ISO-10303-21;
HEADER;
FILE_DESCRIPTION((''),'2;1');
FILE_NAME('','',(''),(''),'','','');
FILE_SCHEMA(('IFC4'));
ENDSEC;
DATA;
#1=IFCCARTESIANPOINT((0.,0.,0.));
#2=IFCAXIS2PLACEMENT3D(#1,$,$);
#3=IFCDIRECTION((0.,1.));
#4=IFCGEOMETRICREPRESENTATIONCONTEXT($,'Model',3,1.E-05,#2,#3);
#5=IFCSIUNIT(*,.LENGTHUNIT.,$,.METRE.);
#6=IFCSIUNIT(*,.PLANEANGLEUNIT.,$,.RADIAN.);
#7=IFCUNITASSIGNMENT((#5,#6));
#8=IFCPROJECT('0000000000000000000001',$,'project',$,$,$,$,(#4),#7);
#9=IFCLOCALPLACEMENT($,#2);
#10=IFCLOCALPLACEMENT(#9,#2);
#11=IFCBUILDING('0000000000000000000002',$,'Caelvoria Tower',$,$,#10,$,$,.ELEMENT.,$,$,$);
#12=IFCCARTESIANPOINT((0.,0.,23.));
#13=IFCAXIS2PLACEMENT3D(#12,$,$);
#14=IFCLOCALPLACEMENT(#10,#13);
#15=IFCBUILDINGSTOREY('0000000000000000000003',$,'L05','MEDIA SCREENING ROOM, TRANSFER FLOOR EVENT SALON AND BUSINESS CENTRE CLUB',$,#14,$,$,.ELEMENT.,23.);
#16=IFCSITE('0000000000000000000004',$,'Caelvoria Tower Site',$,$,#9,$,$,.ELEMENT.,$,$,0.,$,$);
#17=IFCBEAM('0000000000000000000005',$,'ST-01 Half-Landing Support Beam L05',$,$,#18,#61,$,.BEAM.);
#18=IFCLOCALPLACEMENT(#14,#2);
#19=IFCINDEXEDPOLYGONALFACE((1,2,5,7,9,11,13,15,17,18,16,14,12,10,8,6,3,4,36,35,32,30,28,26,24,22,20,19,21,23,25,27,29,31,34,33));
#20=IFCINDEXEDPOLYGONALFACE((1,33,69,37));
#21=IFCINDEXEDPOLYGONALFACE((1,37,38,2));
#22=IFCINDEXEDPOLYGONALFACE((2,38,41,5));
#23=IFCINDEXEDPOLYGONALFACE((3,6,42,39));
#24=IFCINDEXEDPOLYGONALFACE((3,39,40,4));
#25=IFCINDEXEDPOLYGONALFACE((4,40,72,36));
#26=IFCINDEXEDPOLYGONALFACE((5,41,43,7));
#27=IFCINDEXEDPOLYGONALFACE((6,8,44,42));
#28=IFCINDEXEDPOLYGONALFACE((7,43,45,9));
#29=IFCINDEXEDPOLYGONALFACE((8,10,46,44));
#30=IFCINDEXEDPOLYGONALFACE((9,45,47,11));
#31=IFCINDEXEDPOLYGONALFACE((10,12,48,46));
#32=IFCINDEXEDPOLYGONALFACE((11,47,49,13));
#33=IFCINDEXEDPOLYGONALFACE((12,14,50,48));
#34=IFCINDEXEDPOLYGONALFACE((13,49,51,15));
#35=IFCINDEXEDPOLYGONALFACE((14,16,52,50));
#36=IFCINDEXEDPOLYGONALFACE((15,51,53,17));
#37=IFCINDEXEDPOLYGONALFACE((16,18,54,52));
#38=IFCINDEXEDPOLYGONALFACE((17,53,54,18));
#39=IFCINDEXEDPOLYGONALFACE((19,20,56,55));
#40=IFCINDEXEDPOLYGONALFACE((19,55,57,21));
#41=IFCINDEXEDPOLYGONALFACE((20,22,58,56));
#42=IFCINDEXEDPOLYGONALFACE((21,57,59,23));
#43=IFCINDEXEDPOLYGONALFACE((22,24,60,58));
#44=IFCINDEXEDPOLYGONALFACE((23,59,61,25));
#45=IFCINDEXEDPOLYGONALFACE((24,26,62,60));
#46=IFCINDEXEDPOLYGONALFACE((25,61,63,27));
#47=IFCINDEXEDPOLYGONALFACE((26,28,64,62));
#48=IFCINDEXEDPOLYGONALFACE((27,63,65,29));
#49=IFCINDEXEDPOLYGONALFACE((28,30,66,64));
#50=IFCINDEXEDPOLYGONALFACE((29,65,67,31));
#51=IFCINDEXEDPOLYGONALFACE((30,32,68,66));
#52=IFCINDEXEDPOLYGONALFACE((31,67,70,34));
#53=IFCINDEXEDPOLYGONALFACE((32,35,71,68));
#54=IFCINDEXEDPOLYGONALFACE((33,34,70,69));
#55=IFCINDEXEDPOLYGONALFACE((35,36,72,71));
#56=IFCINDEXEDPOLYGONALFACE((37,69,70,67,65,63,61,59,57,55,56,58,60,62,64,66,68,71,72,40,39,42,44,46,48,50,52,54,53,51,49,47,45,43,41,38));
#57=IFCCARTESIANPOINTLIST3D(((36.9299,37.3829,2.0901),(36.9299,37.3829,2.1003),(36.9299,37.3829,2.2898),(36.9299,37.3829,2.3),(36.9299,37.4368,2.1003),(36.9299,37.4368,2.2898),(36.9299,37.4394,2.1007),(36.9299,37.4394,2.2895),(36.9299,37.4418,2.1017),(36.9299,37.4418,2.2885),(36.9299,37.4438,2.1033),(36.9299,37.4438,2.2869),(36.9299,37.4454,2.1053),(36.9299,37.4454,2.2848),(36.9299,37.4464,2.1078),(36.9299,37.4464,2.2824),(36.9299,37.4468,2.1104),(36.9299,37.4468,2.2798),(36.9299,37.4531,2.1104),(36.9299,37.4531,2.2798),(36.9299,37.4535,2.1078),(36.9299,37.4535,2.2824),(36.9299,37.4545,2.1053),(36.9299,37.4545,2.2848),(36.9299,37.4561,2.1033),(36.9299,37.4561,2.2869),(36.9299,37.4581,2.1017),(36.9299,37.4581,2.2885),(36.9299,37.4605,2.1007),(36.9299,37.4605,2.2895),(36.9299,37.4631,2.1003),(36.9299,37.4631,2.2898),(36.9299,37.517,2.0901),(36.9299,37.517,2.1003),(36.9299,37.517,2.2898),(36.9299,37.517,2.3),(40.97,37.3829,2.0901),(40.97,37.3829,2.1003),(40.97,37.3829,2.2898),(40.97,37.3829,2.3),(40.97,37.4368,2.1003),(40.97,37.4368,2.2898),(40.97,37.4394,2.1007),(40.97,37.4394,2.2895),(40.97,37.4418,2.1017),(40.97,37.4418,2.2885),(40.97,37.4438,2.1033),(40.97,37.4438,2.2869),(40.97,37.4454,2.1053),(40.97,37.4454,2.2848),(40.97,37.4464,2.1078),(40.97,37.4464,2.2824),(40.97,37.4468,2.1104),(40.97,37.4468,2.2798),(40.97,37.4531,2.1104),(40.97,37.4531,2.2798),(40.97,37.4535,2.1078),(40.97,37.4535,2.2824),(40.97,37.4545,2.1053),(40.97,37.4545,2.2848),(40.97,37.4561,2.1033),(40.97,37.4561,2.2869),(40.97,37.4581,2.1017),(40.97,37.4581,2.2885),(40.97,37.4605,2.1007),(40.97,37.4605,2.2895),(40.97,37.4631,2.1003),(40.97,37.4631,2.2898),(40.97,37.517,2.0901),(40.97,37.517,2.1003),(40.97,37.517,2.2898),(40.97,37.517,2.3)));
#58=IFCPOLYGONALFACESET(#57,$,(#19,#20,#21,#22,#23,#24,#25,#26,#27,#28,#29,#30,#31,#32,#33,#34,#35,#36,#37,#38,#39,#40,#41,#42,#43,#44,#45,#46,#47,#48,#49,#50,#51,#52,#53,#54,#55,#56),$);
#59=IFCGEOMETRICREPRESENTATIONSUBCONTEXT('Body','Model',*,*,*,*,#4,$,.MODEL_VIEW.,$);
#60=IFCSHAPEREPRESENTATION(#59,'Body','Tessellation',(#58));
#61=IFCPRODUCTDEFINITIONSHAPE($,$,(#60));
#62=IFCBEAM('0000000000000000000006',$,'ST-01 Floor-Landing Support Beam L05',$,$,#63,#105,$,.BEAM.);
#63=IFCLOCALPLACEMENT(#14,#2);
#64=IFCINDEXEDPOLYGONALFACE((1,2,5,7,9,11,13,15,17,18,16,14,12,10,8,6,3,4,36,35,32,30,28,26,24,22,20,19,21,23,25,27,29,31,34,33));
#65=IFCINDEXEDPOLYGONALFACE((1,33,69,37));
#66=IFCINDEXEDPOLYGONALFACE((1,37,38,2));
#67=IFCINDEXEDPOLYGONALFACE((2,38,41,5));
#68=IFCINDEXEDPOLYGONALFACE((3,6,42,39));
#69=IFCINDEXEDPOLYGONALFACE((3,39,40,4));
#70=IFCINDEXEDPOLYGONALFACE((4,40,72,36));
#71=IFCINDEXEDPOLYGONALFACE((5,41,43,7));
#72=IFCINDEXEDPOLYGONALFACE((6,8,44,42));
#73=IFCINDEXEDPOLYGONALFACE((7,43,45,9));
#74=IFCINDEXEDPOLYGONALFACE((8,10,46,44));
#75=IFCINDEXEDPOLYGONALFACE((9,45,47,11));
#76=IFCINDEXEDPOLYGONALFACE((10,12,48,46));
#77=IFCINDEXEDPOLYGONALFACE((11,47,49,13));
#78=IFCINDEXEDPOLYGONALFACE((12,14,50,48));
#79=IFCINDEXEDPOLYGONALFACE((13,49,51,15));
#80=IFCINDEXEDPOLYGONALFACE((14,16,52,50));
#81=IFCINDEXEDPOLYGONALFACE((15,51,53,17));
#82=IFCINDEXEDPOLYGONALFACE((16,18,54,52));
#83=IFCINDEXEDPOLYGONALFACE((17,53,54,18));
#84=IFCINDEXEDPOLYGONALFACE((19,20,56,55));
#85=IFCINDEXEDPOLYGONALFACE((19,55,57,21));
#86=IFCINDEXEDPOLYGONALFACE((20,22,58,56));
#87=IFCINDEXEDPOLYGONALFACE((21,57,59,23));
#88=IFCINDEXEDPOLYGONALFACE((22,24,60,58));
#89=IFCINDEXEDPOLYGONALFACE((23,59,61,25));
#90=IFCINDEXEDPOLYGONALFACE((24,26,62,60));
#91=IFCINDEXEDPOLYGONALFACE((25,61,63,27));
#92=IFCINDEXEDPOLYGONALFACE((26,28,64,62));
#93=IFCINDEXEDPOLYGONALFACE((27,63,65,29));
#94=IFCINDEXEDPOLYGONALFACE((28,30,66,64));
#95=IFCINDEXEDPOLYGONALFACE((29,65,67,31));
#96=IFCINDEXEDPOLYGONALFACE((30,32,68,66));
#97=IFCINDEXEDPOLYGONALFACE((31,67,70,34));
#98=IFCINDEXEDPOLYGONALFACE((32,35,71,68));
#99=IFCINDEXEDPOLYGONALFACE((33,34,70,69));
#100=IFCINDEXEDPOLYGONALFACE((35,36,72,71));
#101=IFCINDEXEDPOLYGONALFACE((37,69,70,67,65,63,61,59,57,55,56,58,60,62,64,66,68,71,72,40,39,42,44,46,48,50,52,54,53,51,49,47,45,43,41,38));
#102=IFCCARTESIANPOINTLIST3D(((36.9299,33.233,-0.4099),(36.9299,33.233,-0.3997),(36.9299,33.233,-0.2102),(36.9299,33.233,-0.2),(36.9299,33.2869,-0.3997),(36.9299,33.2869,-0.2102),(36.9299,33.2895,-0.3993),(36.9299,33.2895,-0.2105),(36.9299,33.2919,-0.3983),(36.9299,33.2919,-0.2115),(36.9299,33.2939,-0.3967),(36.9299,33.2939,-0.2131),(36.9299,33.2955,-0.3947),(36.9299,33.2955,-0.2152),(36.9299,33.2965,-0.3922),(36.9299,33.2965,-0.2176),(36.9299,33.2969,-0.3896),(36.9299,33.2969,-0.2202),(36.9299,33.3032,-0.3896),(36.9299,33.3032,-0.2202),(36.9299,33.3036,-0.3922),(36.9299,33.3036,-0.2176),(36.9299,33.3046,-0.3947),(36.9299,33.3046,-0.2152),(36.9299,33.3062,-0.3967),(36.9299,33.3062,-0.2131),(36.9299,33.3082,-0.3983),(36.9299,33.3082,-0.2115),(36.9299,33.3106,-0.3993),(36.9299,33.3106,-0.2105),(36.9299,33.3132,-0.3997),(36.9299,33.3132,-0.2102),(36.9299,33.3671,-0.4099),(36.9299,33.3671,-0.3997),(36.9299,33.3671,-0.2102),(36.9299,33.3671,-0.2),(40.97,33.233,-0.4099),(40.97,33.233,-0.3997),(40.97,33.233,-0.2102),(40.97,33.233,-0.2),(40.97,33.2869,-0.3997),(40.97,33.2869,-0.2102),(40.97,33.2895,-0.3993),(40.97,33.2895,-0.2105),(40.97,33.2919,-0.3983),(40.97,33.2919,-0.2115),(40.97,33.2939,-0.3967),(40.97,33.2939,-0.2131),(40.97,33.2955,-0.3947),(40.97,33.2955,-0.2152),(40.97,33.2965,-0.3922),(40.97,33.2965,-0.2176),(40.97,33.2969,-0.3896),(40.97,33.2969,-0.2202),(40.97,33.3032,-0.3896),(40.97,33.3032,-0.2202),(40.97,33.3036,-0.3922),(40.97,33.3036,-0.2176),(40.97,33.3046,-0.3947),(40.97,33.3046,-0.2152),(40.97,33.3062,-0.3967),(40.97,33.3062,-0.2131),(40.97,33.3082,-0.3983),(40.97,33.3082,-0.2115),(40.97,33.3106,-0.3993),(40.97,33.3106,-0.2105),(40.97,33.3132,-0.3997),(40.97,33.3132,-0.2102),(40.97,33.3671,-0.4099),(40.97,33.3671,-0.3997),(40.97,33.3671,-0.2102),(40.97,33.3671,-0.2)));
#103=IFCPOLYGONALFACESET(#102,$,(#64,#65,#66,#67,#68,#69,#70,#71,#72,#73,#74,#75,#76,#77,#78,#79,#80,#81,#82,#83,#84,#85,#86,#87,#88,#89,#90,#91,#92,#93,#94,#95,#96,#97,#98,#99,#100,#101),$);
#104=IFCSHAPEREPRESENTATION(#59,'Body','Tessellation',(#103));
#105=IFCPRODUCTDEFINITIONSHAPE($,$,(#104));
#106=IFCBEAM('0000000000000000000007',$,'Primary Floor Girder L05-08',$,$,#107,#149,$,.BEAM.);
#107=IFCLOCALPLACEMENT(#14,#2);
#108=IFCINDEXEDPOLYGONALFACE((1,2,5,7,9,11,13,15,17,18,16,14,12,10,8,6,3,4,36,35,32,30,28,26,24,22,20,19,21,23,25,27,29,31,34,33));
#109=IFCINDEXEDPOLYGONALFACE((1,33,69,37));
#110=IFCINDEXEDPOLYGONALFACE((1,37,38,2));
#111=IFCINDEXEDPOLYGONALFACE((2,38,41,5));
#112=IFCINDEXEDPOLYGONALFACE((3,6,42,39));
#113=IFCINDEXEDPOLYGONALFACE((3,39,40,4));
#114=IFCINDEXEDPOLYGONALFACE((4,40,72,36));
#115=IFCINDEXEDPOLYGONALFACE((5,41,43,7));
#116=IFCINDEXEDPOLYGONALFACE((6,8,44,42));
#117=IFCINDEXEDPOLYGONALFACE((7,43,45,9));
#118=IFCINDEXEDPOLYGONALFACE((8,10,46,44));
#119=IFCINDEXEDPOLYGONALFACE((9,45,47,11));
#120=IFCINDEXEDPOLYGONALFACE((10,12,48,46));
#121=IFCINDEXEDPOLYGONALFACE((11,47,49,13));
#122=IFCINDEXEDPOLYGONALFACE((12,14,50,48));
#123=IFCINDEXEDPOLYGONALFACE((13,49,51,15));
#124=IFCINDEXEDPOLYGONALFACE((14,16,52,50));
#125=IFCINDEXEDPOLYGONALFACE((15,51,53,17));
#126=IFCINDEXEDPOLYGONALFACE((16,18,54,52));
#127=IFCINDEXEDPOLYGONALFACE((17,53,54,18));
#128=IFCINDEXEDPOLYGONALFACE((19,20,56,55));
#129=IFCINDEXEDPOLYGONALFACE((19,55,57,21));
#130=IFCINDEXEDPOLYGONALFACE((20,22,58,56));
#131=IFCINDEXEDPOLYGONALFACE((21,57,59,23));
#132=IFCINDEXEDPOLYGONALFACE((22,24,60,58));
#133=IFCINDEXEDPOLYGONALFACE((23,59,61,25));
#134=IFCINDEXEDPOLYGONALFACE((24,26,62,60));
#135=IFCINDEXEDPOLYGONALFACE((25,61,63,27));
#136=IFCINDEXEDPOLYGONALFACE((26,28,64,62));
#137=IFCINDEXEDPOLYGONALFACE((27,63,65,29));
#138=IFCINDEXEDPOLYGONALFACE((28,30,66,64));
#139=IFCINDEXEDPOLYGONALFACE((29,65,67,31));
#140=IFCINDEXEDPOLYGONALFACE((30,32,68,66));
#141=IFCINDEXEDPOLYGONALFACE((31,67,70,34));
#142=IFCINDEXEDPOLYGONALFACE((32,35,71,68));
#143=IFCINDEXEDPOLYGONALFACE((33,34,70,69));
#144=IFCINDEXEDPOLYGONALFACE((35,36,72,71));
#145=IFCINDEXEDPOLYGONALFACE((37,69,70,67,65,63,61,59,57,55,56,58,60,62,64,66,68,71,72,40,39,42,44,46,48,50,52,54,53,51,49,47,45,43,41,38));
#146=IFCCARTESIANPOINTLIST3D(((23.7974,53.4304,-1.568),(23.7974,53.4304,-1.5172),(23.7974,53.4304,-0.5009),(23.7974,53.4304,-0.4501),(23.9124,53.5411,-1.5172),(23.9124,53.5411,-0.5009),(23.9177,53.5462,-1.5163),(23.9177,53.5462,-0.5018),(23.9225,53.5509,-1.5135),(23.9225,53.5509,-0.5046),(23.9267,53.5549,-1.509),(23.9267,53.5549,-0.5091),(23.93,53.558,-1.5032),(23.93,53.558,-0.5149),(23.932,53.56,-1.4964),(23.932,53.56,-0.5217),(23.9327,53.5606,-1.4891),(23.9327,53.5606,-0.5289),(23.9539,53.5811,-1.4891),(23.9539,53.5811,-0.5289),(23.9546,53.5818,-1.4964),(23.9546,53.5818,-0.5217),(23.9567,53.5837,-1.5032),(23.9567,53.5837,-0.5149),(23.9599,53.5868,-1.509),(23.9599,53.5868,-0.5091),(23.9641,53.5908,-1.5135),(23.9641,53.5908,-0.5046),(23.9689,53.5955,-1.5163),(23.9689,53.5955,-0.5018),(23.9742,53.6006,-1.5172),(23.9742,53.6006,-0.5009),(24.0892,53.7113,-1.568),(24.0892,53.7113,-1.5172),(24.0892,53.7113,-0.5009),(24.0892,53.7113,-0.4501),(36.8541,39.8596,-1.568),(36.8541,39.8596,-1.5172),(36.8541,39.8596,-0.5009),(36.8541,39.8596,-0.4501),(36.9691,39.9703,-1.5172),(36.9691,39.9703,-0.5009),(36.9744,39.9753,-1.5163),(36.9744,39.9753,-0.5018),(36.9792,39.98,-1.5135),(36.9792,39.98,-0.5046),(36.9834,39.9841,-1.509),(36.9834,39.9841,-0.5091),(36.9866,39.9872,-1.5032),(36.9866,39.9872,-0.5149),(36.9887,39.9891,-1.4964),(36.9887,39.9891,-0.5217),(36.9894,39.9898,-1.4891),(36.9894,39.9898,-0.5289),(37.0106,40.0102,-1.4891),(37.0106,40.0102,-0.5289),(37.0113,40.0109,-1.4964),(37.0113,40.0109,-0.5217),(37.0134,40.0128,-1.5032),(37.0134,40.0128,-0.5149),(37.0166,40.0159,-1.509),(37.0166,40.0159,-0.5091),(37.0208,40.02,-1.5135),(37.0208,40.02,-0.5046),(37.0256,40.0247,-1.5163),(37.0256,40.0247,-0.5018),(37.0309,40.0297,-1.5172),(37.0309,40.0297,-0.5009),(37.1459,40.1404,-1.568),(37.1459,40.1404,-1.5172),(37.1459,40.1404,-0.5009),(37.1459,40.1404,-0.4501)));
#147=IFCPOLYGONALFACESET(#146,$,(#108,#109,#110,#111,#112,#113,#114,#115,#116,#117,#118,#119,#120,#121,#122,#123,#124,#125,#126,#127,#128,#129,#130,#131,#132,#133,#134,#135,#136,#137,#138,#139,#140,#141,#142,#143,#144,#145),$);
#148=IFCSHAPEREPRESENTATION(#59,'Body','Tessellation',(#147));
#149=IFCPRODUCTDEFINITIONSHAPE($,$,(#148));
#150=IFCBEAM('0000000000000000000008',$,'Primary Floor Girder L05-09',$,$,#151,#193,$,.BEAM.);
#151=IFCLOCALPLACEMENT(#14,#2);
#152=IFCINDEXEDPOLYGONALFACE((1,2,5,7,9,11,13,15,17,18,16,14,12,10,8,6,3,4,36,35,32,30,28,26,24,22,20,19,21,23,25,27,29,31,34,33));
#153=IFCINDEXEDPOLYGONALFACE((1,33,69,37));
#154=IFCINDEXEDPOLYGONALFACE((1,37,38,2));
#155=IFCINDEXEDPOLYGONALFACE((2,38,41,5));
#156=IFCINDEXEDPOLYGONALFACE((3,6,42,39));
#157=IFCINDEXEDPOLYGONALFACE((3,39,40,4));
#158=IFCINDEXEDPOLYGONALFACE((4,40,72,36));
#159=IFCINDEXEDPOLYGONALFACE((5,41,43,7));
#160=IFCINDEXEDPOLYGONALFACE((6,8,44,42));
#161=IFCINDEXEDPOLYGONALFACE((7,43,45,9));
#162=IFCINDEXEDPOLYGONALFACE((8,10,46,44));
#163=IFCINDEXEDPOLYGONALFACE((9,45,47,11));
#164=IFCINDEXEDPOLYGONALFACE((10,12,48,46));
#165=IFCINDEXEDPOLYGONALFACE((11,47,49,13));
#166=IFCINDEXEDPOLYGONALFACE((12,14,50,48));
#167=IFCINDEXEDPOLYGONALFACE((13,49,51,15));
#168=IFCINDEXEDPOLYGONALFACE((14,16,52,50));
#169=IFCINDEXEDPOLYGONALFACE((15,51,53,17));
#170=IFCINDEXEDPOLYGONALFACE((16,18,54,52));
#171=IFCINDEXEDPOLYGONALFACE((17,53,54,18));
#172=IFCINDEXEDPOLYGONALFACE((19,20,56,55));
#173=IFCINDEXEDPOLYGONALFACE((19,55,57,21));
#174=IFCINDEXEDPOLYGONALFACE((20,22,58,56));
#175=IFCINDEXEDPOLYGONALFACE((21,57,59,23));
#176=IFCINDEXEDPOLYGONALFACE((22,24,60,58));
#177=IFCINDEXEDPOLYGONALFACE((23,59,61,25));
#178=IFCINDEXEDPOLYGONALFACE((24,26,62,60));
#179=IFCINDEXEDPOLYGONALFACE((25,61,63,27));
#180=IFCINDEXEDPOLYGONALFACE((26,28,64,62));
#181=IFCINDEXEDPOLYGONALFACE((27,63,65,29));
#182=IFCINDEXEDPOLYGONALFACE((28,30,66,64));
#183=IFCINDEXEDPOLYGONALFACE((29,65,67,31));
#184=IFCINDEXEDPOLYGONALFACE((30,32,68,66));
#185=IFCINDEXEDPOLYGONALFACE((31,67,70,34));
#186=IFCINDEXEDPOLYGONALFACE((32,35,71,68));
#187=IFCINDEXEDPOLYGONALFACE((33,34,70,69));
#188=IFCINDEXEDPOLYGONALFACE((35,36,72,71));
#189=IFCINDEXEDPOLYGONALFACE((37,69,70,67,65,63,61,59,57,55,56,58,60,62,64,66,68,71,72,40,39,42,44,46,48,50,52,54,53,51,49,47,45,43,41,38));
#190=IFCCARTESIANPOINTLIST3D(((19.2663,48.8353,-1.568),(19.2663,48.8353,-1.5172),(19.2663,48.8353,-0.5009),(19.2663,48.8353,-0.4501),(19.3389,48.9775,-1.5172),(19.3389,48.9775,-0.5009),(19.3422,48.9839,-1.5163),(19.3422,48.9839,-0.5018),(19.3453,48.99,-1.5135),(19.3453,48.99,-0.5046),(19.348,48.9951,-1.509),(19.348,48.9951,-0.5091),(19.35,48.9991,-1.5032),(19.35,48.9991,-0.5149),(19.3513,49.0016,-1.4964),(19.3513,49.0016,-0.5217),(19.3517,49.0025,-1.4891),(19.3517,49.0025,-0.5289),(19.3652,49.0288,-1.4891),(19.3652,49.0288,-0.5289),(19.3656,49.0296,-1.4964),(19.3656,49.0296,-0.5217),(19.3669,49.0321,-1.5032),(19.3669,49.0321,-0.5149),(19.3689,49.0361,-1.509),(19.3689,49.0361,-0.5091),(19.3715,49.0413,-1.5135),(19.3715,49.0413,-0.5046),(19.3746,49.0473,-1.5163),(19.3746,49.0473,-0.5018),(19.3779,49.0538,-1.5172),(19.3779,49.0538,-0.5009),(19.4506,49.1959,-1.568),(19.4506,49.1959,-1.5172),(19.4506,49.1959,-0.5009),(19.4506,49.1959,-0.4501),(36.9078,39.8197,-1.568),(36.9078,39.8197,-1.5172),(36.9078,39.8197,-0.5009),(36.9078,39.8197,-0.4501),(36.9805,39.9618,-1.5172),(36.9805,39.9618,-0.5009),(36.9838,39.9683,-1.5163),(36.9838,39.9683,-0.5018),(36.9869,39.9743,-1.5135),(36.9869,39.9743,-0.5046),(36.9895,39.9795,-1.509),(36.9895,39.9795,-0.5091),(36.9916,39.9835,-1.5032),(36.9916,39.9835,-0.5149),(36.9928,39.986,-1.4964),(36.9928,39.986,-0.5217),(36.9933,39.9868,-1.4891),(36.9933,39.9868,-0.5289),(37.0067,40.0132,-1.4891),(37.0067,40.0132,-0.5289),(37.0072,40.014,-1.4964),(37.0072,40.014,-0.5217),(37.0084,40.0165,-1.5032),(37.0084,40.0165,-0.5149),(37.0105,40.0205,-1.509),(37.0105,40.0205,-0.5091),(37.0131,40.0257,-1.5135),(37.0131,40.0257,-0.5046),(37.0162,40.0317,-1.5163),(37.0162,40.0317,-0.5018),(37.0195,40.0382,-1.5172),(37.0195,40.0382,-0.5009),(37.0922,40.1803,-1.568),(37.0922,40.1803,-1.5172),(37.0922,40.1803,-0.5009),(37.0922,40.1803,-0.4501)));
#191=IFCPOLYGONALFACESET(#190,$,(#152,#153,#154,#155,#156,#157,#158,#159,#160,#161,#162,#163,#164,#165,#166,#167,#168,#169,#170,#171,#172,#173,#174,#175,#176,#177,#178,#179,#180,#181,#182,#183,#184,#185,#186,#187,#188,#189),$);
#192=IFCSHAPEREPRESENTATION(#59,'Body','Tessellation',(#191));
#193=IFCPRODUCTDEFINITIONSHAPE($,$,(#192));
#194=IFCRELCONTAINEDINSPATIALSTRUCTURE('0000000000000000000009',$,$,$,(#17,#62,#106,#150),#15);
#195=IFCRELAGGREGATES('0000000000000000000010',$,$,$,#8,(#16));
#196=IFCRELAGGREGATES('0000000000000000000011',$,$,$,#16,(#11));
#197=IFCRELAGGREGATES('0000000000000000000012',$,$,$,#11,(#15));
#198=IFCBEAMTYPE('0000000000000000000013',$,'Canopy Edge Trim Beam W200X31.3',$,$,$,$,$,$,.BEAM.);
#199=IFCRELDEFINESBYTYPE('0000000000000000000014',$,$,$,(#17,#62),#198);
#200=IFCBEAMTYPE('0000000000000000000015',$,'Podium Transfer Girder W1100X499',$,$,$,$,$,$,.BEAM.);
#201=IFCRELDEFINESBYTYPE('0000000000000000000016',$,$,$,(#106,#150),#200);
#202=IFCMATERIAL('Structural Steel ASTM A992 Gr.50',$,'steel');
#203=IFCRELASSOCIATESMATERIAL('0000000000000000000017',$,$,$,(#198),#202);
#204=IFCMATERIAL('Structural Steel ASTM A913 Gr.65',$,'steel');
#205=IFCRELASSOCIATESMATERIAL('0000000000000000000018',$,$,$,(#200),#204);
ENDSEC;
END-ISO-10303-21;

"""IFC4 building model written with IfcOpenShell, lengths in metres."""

from ifc_helpers import new_model, si_unit, direction, frame, origin, origin_2d, place, context, subcontext, project, spatial, i_section, extrude, material, material_profile, profile_set, type_object, element, save


model = new_model("IFC4")

# Units and contexts
model_context = context("Model", 3, precision=1e-05, world=origin(), true_north=direction((0.0, 1.0)))
body_context = subcontext(model_context, "Body", "Model", "MODEL_VIEW")
ifc_project = project(units=[si_unit("LENGTHUNIT", "METRE"), si_unit("PLANEANGLEUNIT", "RADIAN")], contexts=[model_context])

# Site, building, storey
site_placement = place(None, origin())
site = spatial("IfcSite", under=ifc_project, at=site_placement, Name="Caelvoria Tower Site", CompositionType="ELEMENT", RefElevation=0.0)
building_placement = place(site_placement, origin())
building = spatial("IfcBuilding", under=site, at=building_placement, Name="Caelvoria Tower", CompositionType="ELEMENT")
storey_placement = place(building_placement, frame((0.0, 0.0, 23.0)))
storey = spatial("IfcBuildingStorey", under=building, at=storey_placement, Name="L05", Description="MEDIA SCREENING ROOM, TRANSFER FLOOR EVENT SALON AND BUSINESS CENTRE CLUB", CompositionType="ELEMENT", Elevation=23.0)

# Beams
ifc_material_1 = material(Name="Structural Steel ASTM A992 Gr.50", Category="steel")
ifc_material_profile_1 = material_profile(ifc_material_1, i_section(OverallWidth=0.134, OverallDepth=0.21, WebThickness=0.0063, FlangeThickness=0.0103, FilletRadius=0.01, at=origin_2d()), Name="Structural Steel ASTM A992 Gr.50")
ifc_profile_set_1 = profile_set([ifc_material_profile_1], Name="W200X31.3 - Structural Steel ASTM A992 Gr.50")
beam_type_1 = type_object("IfcBeamType", Name="Canopy Edge Trim Beam W200X31.3", PredefinedType="BEAM", material=ifc_profile_set_1)
for number, where, z_axis, x_axis, name in (
    (1, (36.9299, 37.45, 2.1951), (1.0, 0.0, 0.0), (0.0, 1.0, 0.0), "ST-01 Half-Landing Support Beam L05"),
    (2, (36.9299, 33.3, -0.3049), (1.0, 0.0, 0.0), (0.0, 1.0, 0.0), "ST-01 Floor-Landing Support Beam L05"),
):
    element("IfcBeam", number, at=place(storey_placement, frame(where, z_axis=z_axis, x_axis=x_axis)), inside=storey, type_object=beam_type_1, Name=name, PredefinedType="BEAM", context=body_context, shape_type="SweptSolid", body=[
        extrude(i_section(OverallWidth=0.134, OverallDepth=0.21, WebThickness=0.0063, FlangeThickness=0.0103, FilletRadius=0.01, at=origin_2d()), origin(), (0.0, 0.0, 1.0), 4.04),
    ])
ifc_material_2 = material(Name="Structural Steel ASTM A913 Gr.65", Category="steel")
ifc_material_profile_2 = material_profile(ifc_material_2, i_section(OverallWidth=0.405, OverallDepth=1.1179, WebThickness=0.0295, FlangeThickness=0.0508, FilletRadius=0.0281, at=origin_2d()), Name="Structural Steel ASTM A913 Gr.65")
ifc_profile_set_2 = profile_set([ifc_material_profile_2], Name="W1100X499 - Structural Steel ASTM A913 Gr.65")
beam_type_2 = type_object("IfcBeamType", Name="Podium Transfer Girder W1100X499", PredefinedType="BEAM", material=ifc_profile_set_2)
beam_1_placement = place(storey_placement, frame((37.0, 40.0, -1.009), z_axis=(-0.693324, 0.720626, 0.0), x_axis=(-0.720626, -0.693324, 0.0)))
element("IfcBeam", 3, at=beam_1_placement, inside=storey, type_object=beam_type_2, Name="Primary Floor Girder L05-08", PredefinedType="BEAM", context=body_context, shape_type="SweptSolid", body=[
    extrude(i_section(OverallWidth=0.405, OverallDepth=1.1179, WebThickness=0.0295, FlangeThickness=0.0508, FilletRadius=0.0281, at=origin_2d()), origin(), (0.0, 0.0, 1.0), 18.832),
])
beam_2_placement = place(storey_placement, frame((37.0, 40.0, -1.009), z_axis=(-0.890459, 0.455063, 0.0), x_axis=(-0.455063, -0.890459, 0.0)))
element("IfcBeam", 4, at=beam_2_placement, inside=storey, type_object=beam_type_2, Name="Primary Floor Girder L05-09", PredefinedType="BEAM", context=body_context, shape_type="SweptSolid", body=[
    extrude(i_section(OverallWidth=0.405, OverallDepth=1.1179, WebThickness=0.0295, FlangeThickness=0.0508, FilletRadius=0.0281, at=origin_2d()), origin(), (0.0, 0.0, 1.0), 19.8118),
])

save(model, "model.ifc")
